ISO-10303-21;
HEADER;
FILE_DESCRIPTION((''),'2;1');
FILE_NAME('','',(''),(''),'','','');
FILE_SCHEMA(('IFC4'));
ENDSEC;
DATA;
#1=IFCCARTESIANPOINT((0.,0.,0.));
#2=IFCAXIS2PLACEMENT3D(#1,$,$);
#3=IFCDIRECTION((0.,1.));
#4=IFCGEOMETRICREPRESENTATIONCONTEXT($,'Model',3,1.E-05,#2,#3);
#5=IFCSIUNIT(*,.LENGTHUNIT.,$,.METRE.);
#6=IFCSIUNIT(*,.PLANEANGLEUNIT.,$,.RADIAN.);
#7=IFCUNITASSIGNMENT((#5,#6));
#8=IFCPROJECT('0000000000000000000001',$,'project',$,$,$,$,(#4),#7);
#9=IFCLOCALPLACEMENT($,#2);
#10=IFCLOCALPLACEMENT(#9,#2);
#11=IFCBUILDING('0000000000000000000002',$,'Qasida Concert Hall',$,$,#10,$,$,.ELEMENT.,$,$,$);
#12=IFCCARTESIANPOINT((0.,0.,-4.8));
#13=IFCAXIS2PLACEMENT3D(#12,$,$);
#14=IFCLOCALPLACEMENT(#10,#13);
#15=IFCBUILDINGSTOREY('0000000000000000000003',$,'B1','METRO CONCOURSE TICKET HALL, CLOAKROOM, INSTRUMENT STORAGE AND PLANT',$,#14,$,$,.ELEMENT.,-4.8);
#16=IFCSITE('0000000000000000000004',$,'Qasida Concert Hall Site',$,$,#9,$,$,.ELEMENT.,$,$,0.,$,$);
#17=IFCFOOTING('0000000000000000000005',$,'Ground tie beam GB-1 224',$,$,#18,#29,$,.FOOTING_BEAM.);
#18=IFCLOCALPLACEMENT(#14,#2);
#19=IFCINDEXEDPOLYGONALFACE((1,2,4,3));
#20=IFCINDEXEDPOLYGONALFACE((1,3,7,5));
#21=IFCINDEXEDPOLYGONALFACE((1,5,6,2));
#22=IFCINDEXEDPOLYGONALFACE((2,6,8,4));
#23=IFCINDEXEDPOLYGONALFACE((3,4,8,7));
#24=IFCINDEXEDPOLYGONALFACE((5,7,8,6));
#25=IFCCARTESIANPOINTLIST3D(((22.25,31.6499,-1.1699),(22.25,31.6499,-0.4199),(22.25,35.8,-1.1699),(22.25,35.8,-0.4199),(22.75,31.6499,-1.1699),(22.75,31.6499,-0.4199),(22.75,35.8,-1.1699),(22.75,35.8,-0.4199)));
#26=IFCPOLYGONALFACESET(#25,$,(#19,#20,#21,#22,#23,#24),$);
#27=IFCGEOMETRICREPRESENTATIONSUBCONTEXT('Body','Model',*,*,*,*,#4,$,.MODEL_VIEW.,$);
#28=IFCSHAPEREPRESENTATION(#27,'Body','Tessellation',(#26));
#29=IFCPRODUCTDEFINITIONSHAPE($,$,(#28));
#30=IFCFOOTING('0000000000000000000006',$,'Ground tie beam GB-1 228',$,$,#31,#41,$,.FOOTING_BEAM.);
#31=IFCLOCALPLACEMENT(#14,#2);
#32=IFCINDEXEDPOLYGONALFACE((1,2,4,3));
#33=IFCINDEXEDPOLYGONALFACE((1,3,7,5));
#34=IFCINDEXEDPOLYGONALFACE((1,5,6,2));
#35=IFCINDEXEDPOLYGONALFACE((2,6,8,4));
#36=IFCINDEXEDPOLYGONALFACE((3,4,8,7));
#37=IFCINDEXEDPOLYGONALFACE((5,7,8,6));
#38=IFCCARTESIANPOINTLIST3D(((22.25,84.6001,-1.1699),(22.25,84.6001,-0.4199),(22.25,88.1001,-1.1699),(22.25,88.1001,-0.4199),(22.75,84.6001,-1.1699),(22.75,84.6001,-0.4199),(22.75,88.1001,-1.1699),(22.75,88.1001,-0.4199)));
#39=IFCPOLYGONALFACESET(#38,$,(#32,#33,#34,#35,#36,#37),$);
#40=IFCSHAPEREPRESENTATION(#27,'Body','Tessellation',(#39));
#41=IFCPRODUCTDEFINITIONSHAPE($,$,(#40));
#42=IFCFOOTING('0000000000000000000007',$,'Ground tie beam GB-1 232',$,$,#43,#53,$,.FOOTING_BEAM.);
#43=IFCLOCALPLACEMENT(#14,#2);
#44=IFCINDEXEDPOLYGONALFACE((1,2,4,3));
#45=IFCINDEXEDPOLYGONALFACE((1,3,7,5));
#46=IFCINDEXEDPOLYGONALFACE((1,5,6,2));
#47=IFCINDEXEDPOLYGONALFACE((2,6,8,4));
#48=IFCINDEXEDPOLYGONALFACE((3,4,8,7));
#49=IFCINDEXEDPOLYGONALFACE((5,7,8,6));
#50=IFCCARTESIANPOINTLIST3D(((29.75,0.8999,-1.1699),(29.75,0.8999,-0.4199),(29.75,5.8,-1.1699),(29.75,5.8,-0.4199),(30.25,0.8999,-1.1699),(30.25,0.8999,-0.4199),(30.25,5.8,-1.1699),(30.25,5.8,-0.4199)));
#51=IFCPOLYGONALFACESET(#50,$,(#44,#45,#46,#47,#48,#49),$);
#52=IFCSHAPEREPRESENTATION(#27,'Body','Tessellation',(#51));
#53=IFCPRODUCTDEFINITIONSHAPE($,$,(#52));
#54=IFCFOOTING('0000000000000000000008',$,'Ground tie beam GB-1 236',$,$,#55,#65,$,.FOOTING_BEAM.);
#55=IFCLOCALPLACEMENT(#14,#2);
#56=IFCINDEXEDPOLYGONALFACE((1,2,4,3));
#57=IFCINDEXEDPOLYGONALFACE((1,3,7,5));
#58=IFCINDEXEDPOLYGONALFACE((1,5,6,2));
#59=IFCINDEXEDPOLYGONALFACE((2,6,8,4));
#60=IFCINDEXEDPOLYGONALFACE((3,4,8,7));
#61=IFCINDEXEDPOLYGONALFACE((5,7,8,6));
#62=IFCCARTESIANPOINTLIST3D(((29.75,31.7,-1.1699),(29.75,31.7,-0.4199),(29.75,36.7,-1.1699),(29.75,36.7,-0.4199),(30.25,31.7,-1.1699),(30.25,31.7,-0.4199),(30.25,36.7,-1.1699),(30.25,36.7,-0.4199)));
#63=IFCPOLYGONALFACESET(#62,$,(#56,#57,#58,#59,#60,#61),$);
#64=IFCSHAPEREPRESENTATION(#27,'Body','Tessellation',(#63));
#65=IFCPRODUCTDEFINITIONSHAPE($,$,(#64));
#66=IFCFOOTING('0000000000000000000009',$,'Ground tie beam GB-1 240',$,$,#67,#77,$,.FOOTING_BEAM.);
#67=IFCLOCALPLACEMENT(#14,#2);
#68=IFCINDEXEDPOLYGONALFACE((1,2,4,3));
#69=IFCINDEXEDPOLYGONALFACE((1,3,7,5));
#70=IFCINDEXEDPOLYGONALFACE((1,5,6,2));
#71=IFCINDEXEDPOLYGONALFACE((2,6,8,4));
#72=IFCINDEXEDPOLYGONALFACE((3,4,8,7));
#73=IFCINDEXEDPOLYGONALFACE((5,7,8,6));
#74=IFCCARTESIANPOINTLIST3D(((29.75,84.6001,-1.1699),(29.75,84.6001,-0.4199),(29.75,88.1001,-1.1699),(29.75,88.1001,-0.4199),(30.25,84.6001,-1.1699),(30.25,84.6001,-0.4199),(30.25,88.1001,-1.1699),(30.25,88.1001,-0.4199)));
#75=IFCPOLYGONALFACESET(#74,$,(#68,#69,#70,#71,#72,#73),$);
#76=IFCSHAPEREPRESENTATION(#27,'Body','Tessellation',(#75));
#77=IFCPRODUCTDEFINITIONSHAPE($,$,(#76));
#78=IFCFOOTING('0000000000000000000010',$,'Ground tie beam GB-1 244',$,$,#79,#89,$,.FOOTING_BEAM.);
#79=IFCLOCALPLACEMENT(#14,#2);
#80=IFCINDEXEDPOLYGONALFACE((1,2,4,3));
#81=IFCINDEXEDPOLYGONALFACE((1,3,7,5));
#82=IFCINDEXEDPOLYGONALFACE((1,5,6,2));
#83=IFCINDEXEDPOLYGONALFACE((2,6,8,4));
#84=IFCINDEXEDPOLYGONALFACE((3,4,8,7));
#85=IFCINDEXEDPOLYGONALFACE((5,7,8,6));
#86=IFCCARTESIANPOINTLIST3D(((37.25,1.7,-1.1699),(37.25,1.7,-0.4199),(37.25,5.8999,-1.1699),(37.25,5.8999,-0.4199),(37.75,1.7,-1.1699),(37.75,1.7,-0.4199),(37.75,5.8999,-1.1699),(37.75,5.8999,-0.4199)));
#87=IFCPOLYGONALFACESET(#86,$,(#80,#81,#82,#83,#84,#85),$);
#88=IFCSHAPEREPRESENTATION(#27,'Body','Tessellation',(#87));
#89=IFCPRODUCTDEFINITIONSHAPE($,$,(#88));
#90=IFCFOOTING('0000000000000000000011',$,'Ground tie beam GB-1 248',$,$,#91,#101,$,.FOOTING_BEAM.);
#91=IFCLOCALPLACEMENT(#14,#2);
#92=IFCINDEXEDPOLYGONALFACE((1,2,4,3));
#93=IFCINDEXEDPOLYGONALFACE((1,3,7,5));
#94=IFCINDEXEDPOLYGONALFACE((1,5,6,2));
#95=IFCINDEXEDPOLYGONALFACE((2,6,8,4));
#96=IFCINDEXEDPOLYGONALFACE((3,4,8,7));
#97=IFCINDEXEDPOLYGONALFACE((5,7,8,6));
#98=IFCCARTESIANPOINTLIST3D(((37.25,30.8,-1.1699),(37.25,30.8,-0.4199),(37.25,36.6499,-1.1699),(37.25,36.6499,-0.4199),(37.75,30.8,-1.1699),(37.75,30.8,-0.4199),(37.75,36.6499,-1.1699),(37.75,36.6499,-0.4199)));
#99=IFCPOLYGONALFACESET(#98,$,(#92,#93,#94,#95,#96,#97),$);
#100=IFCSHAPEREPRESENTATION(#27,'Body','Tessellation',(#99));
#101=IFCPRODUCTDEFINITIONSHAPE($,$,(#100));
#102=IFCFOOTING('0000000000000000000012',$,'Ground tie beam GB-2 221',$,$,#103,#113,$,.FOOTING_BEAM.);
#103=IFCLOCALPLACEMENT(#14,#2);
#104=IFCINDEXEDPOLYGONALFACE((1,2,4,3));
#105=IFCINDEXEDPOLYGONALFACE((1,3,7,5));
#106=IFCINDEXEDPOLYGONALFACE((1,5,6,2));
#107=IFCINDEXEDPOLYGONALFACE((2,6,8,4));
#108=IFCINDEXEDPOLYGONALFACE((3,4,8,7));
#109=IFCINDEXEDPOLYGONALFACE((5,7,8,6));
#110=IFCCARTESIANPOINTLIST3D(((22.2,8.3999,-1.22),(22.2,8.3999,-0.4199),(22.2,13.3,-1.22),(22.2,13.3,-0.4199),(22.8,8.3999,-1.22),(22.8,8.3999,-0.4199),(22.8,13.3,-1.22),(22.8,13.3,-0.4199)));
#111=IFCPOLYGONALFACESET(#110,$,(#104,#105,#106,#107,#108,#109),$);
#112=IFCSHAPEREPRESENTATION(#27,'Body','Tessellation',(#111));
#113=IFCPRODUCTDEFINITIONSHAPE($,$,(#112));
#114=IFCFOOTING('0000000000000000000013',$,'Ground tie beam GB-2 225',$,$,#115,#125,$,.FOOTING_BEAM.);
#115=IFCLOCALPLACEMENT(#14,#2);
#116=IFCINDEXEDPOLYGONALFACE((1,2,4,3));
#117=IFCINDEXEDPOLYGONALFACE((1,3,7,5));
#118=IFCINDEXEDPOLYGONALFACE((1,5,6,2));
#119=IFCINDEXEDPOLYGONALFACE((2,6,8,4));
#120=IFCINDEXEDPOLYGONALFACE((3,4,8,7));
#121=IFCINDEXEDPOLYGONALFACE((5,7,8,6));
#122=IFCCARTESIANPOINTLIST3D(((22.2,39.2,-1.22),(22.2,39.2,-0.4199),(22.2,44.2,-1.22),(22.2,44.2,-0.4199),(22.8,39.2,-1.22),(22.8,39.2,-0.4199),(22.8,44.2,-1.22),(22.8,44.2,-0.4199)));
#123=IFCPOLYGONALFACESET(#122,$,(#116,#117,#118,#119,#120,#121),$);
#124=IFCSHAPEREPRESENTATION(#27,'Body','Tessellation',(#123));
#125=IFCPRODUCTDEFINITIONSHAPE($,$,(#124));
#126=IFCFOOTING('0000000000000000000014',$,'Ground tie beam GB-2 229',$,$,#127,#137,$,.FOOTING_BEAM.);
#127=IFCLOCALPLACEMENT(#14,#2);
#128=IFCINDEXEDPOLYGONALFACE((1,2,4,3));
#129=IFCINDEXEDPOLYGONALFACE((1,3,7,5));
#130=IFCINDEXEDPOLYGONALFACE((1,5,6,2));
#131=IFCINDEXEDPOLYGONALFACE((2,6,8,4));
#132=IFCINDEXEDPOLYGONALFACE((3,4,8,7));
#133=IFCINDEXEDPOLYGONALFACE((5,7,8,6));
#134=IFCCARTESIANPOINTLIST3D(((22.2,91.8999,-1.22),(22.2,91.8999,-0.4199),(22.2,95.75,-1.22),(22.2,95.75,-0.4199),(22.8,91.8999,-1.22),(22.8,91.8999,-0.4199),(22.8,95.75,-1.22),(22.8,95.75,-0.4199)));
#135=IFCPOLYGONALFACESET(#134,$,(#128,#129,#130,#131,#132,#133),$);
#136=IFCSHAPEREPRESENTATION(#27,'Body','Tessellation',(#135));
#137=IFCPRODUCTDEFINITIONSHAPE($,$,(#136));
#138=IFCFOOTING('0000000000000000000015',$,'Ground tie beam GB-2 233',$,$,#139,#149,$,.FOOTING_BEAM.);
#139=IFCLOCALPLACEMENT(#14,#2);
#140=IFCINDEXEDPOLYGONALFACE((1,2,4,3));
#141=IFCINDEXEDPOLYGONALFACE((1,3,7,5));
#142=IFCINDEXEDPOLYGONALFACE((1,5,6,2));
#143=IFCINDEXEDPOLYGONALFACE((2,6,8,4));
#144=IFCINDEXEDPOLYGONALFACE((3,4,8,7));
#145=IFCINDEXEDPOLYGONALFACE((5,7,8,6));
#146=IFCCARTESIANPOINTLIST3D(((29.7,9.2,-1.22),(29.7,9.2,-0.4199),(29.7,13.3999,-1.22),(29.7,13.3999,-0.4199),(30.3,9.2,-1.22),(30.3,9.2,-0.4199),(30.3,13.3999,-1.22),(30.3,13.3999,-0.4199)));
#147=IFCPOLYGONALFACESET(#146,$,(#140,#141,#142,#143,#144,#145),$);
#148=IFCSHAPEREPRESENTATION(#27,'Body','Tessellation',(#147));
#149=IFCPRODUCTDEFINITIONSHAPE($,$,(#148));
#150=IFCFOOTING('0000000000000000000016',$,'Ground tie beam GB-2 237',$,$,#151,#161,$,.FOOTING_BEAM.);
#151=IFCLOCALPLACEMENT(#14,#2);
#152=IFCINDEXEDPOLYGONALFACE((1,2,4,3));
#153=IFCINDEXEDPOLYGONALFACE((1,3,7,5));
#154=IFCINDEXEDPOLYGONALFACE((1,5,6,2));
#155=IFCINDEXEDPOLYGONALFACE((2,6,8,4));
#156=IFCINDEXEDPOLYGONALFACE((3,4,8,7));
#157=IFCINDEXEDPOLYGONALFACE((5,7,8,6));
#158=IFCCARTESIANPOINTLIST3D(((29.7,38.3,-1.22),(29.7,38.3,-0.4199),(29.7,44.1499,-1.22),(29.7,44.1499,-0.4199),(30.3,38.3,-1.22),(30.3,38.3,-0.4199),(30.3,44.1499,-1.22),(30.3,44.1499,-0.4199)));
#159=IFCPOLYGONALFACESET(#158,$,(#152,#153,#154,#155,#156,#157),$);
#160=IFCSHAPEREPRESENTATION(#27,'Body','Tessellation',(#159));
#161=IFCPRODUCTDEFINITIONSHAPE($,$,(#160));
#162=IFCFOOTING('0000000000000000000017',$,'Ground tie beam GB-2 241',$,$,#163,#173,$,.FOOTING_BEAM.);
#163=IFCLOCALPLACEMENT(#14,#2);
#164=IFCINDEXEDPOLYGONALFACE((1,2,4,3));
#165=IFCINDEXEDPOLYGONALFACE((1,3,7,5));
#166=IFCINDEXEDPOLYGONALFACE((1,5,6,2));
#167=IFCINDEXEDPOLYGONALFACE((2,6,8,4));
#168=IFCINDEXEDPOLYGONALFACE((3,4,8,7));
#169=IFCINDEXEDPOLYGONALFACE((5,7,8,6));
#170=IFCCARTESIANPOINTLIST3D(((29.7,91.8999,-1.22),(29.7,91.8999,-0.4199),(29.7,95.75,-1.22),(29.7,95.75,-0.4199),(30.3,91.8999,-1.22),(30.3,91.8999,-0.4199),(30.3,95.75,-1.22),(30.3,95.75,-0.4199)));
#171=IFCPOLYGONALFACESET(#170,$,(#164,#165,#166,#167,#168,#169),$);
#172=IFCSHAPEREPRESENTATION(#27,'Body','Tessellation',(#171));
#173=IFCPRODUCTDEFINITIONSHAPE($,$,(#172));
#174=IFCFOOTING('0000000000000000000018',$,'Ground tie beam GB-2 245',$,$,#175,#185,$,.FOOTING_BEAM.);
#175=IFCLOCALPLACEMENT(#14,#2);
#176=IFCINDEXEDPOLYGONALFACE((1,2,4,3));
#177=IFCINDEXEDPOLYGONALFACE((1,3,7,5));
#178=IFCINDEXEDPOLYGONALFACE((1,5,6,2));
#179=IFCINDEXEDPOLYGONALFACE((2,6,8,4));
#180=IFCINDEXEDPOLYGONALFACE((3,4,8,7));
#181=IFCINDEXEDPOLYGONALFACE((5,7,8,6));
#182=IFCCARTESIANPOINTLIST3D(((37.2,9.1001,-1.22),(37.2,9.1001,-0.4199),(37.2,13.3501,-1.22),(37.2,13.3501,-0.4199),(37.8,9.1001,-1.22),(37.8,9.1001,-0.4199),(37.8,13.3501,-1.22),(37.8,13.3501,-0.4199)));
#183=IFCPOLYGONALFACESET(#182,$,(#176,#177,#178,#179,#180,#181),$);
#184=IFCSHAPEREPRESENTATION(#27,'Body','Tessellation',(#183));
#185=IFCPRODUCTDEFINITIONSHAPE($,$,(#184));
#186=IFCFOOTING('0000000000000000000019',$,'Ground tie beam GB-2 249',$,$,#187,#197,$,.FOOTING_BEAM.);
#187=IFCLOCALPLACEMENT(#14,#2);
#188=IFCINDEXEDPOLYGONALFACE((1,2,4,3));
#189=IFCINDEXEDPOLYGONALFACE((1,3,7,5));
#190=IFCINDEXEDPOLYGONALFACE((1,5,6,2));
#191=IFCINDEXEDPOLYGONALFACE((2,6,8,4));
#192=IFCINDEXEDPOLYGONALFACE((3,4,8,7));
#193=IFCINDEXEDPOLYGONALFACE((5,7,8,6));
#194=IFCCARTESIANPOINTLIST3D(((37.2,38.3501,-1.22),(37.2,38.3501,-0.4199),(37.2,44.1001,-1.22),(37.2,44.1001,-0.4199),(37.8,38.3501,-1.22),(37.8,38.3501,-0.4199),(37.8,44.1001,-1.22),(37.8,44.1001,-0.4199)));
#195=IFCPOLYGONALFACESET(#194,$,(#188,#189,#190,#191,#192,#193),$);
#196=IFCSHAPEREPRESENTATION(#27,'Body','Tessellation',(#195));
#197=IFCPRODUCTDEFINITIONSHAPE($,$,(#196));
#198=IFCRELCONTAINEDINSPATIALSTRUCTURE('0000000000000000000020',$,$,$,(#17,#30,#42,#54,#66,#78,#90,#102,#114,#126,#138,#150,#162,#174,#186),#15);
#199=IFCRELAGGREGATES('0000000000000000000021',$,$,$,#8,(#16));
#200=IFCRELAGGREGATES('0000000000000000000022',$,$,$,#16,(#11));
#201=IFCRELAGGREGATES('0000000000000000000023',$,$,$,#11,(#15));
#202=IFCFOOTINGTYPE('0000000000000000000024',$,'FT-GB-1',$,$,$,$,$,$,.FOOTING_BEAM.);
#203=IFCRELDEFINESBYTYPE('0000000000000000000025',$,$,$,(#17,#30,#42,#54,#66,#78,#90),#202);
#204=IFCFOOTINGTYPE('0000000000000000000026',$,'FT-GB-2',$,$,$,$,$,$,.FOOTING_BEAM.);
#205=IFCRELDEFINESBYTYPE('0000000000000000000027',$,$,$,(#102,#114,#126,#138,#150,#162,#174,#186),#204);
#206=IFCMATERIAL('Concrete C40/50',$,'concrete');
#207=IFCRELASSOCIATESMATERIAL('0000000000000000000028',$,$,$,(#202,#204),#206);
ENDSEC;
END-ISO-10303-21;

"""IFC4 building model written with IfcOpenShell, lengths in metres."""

from ifc_helpers import new_model, si_unit, direction, frame, origin, place, context, subcontext, project, spatial, polyline, outline, extrude, material, type_object, element, save


model = new_model("IFC4")

# Units and contexts
model_context = context("Model", 3, precision=1e-05, world=origin(), true_north=direction((0.0, 1.0)))
body_context = subcontext(model_context, "Body", "Model", "MODEL_VIEW")
ifc_project = project(units=[si_unit("LENGTHUNIT", "METRE"), si_unit("PLANEANGLEUNIT", "RADIAN")], contexts=[model_context])

# Site, building, storey
site_placement = place(None, origin())
site = spatial("IfcSite", under=ifc_project, at=site_placement, Name="Qasida Concert Hall Site", CompositionType="ELEMENT", RefElevation=0.0)
building_placement = place(site_placement, origin())
building = spatial("IfcBuilding", under=site, at=building_placement, Name="Qasida Concert Hall", CompositionType="ELEMENT")
storey_placement = place(building_placement, frame((0.0, 0.0, -4.8)))
storey = spatial("IfcBuildingStorey", under=building, at=storey_placement, Name="B1", Description="METRO CONCOURSE TICKET HALL, CLOAKROOM, INSTRUMENT STORAGE AND PLANT", CompositionType="ELEMENT", Elevation=-4.8)

# Footings
ifc_material = material(Name="Concrete C40/50", Category="concrete")
footing_type_1 = type_object("IfcFootingType", Name="FT-GB-1", PredefinedType="FOOTING_BEAM", material=ifc_material)
footing_1_placement = place(storey_placement, frame((0.0, 0.0, -1.1699)))
element("IfcFooting", 1, at=footing_1_placement, inside=storey, type_object=footing_type_1, Name="Ground tie beam GB-1 224", PredefinedType="FOOTING_BEAM", context=body_context, shape_type="SweptSolid", body=[
    extrude(outline(polyline([(22.25, 31.6499), (22.75, 31.6499), (22.75, 35.8), (22.25, 35.8), (22.25, 31.6499)])), origin(), (0.0, 0.0, 1.0), 0.75),
])
footing_2_placement = place(storey_placement, frame((0.0, 0.0, -1.1699)))
element("IfcFooting", 2, at=footing_2_placement, inside=storey, type_object=footing_type_1, Name="Ground tie beam GB-1 228", PredefinedType="FOOTING_BEAM", context=body_context, shape_type="SweptSolid", body=[
    extrude(outline(polyline([(22.25, 84.6001), (22.75, 84.6001), (22.75, 88.1001), (22.25, 88.1001), (22.25, 84.6001)])), origin(), (0.0, 0.0, 1.0), 0.75),
])
footing_3_placement = place(storey_placement, frame((0.0, 0.0, -1.1699)))
element("IfcFooting", 3, at=footing_3_placement, inside=storey, type_object=footing_type_1, Name="Ground tie beam GB-1 232", PredefinedType="FOOTING_BEAM", context=body_context, shape_type="SweptSolid", body=[
    extrude(outline(polyline([(29.75, 0.8999), (30.25, 0.8999), (30.25, 5.8), (29.75, 5.8), (29.75, 0.8999)])), origin(), (0.0, 0.0, 1.0), 0.75),
])
footing_4_placement = place(storey_placement, frame((0.0, 0.0, -1.1699)))
element("IfcFooting", 4, at=footing_4_placement, inside=storey, type_object=footing_type_1, Name="Ground tie beam GB-1 236", PredefinedType="FOOTING_BEAM", context=body_context, shape_type="SweptSolid", body=[
    extrude(outline(polyline([(29.75, 31.7), (30.25, 31.7), (30.25, 36.7), (29.75, 36.7), (29.75, 31.7)])), origin(), (0.0, 0.0, 1.0), 0.75),
])
footing_5_placement = place(storey_placement, frame((0.0, 0.0, -1.1699)))
element("IfcFooting", 5, at=footing_5_placement, inside=storey, type_object=footing_type_1, Name="Ground tie beam GB-1 240", PredefinedType="FOOTING_BEAM", context=body_context, shape_type="SweptSolid", body=[
    extrude(outline(polyline([(29.75, 84.6001), (30.25, 84.6001), (30.25, 88.1001), (29.75, 88.1001), (29.75, 84.6001)])), origin(), (0.0, 0.0, 1.0), 0.75),
])
footing_6_placement = place(storey_placement, frame((0.0, 0.0, -1.1699)))
element("IfcFooting", 6, at=footing_6_placement, inside=storey, type_object=footing_type_1, Name="Ground tie beam GB-1 244", PredefinedType="FOOTING_BEAM", context=body_context, shape_type="SweptSolid", body=[
    extrude(outline(polyline([(37.25, 1.7), (37.75, 1.7), (37.75, 5.8999), (37.25, 5.8999), (37.25, 1.7)])), origin(), (0.0, 0.0, 1.0), 0.75),
])
footing_7_placement = place(storey_placement, frame((0.0, 0.0, -1.1699)))
element("IfcFooting", 7, at=footing_7_placement, inside=storey, type_object=footing_type_1, Name="Ground tie beam GB-1 248", PredefinedType="FOOTING_BEAM", context=body_context, shape_type="SweptSolid", body=[
    extrude(outline(polyline([(37.25, 30.8), (37.75, 30.8), (37.75, 36.6499), (37.25, 36.6499), (37.25, 30.8)])), origin(), (0.0, 0.0, 1.0), 0.75),
])
footing_type_2 = type_object("IfcFootingType", Name="FT-GB-2", PredefinedType="FOOTING_BEAM", material=ifc_material)
footing_8_placement = place(storey_placement, frame((0.0, 0.0, -1.22)))
element("IfcFooting", 8, at=footing_8_placement, inside=storey, type_object=footing_type_2, Name="Ground tie beam GB-2 221", PredefinedType="FOOTING_BEAM", context=body_context, shape_type="SweptSolid", body=[
    extrude(outline(polyline([(22.2, 8.3999), (22.8, 8.3999), (22.8, 13.3), (22.2, 13.3), (22.2, 8.3999)])), origin(), (0.0, 0.0, 1.0), 0.8),
])
footing_9_placement = place(storey_placement, frame((0.0, 0.0, -1.22)))
element("IfcFooting", 9, at=footing_9_placement, inside=storey, type_object=footing_type_2, Name="Ground tie beam GB-2 225", PredefinedType="FOOTING_BEAM", context=body_context, shape_type="SweptSolid", body=[
    extrude(outline(polyline([(22.2, 39.2), (22.8, 39.2), (22.8, 44.2), (22.2, 44.2), (22.2, 39.2)])), origin(), (0.0, 0.0, 1.0), 0.8),
])
footing_10_placement = place(storey_placement, frame((0.0, 0.0, -1.22)))
element("IfcFooting", 10, at=footing_10_placement, inside=storey, type_object=footing_type_2, Name="Ground tie beam GB-2 229", PredefinedType="FOOTING_BEAM", context=body_context, shape_type="SweptSolid", body=[
    extrude(outline(polyline([(22.2, 91.8999), (22.8, 91.8999), (22.8, 95.75), (22.2, 95.75), (22.2, 91.8999)])), origin(), (0.0, 0.0, 1.0), 0.8),
])
footing_11_placement = place(storey_placement, frame((0.0, 0.0, -1.22)))
element("IfcFooting", 11, at=footing_11_placement, inside=storey, type_object=footing_type_2, Name="Ground tie beam GB-2 233", PredefinedType="FOOTING_BEAM", context=body_context, shape_type="SweptSolid", body=[
    extrude(outline(polyline([(29.7, 9.2), (30.3, 9.2), (30.3, 13.3999), (29.7, 13.3999), (29.7, 9.2)])), origin(), (0.0, 0.0, 1.0), 0.8),
])
footing_12_placement = place(storey_placement, frame((0.0, 0.0, -1.22)))
element("IfcFooting", 12, at=footing_12_placement, inside=storey, type_object=footing_type_2, Name="Ground tie beam GB-2 237", PredefinedType="FOOTING_BEAM", context=body_context, shape_type="SweptSolid", body=[
    extrude(outline(polyline([(29.7, 38.3), (30.3, 38.3), (30.3, 44.1499), (29.7, 44.1499), (29.7, 38.3)])), origin(), (0.0, 0.0, 1.0), 0.8),
])
footing_13_placement = place(storey_placement, frame((0.0, 0.0, -1.22)))
element("IfcFooting", 13, at=footing_13_placement, inside=storey, type_object=footing_type_2, Name="Ground tie beam GB-2 241", PredefinedType="FOOTING_BEAM", context=body_context, shape_type="SweptSolid", body=[
    extrude(outline(polyline([(29.7, 91.8999), (30.3, 91.8999), (30.3, 95.75), (29.7, 95.75), (29.7, 91.8999)])), origin(), (0.0, 0.0, 1.0), 0.8),
])
footing_14_placement = place(storey_placement, frame((0.0, 0.0, -1.22)))
element("IfcFooting", 14, at=footing_14_placement, inside=storey, type_object=footing_type_2, Name="Ground tie beam GB-2 245", PredefinedType="FOOTING_BEAM", context=body_context, shape_type="SweptSolid", body=[
    extrude(outline(polyline([(37.2, 9.1001), (37.8, 9.1001), (37.8, 13.3501), (37.2, 13.3501), (37.2, 9.1001)])), origin(), (0.0, 0.0, 1.0), 0.8),
])
footing_15_placement = place(storey_placement, frame((0.0, 0.0, -1.22)))
element("IfcFooting", 15, at=footing_15_placement, inside=storey, type_object=footing_type_2, Name="Ground tie beam GB-2 249", PredefinedType="FOOTING_BEAM", context=body_context, shape_type="SweptSolid", body=[
    extrude(outline(polyline([(37.2, 38.3501), (37.8, 38.3501), (37.8, 44.1001), (37.2, 44.1001), (37.2, 38.3501)])), origin(), (0.0, 0.0, 1.0), 0.8),
])

save(model, "model.ifc")
